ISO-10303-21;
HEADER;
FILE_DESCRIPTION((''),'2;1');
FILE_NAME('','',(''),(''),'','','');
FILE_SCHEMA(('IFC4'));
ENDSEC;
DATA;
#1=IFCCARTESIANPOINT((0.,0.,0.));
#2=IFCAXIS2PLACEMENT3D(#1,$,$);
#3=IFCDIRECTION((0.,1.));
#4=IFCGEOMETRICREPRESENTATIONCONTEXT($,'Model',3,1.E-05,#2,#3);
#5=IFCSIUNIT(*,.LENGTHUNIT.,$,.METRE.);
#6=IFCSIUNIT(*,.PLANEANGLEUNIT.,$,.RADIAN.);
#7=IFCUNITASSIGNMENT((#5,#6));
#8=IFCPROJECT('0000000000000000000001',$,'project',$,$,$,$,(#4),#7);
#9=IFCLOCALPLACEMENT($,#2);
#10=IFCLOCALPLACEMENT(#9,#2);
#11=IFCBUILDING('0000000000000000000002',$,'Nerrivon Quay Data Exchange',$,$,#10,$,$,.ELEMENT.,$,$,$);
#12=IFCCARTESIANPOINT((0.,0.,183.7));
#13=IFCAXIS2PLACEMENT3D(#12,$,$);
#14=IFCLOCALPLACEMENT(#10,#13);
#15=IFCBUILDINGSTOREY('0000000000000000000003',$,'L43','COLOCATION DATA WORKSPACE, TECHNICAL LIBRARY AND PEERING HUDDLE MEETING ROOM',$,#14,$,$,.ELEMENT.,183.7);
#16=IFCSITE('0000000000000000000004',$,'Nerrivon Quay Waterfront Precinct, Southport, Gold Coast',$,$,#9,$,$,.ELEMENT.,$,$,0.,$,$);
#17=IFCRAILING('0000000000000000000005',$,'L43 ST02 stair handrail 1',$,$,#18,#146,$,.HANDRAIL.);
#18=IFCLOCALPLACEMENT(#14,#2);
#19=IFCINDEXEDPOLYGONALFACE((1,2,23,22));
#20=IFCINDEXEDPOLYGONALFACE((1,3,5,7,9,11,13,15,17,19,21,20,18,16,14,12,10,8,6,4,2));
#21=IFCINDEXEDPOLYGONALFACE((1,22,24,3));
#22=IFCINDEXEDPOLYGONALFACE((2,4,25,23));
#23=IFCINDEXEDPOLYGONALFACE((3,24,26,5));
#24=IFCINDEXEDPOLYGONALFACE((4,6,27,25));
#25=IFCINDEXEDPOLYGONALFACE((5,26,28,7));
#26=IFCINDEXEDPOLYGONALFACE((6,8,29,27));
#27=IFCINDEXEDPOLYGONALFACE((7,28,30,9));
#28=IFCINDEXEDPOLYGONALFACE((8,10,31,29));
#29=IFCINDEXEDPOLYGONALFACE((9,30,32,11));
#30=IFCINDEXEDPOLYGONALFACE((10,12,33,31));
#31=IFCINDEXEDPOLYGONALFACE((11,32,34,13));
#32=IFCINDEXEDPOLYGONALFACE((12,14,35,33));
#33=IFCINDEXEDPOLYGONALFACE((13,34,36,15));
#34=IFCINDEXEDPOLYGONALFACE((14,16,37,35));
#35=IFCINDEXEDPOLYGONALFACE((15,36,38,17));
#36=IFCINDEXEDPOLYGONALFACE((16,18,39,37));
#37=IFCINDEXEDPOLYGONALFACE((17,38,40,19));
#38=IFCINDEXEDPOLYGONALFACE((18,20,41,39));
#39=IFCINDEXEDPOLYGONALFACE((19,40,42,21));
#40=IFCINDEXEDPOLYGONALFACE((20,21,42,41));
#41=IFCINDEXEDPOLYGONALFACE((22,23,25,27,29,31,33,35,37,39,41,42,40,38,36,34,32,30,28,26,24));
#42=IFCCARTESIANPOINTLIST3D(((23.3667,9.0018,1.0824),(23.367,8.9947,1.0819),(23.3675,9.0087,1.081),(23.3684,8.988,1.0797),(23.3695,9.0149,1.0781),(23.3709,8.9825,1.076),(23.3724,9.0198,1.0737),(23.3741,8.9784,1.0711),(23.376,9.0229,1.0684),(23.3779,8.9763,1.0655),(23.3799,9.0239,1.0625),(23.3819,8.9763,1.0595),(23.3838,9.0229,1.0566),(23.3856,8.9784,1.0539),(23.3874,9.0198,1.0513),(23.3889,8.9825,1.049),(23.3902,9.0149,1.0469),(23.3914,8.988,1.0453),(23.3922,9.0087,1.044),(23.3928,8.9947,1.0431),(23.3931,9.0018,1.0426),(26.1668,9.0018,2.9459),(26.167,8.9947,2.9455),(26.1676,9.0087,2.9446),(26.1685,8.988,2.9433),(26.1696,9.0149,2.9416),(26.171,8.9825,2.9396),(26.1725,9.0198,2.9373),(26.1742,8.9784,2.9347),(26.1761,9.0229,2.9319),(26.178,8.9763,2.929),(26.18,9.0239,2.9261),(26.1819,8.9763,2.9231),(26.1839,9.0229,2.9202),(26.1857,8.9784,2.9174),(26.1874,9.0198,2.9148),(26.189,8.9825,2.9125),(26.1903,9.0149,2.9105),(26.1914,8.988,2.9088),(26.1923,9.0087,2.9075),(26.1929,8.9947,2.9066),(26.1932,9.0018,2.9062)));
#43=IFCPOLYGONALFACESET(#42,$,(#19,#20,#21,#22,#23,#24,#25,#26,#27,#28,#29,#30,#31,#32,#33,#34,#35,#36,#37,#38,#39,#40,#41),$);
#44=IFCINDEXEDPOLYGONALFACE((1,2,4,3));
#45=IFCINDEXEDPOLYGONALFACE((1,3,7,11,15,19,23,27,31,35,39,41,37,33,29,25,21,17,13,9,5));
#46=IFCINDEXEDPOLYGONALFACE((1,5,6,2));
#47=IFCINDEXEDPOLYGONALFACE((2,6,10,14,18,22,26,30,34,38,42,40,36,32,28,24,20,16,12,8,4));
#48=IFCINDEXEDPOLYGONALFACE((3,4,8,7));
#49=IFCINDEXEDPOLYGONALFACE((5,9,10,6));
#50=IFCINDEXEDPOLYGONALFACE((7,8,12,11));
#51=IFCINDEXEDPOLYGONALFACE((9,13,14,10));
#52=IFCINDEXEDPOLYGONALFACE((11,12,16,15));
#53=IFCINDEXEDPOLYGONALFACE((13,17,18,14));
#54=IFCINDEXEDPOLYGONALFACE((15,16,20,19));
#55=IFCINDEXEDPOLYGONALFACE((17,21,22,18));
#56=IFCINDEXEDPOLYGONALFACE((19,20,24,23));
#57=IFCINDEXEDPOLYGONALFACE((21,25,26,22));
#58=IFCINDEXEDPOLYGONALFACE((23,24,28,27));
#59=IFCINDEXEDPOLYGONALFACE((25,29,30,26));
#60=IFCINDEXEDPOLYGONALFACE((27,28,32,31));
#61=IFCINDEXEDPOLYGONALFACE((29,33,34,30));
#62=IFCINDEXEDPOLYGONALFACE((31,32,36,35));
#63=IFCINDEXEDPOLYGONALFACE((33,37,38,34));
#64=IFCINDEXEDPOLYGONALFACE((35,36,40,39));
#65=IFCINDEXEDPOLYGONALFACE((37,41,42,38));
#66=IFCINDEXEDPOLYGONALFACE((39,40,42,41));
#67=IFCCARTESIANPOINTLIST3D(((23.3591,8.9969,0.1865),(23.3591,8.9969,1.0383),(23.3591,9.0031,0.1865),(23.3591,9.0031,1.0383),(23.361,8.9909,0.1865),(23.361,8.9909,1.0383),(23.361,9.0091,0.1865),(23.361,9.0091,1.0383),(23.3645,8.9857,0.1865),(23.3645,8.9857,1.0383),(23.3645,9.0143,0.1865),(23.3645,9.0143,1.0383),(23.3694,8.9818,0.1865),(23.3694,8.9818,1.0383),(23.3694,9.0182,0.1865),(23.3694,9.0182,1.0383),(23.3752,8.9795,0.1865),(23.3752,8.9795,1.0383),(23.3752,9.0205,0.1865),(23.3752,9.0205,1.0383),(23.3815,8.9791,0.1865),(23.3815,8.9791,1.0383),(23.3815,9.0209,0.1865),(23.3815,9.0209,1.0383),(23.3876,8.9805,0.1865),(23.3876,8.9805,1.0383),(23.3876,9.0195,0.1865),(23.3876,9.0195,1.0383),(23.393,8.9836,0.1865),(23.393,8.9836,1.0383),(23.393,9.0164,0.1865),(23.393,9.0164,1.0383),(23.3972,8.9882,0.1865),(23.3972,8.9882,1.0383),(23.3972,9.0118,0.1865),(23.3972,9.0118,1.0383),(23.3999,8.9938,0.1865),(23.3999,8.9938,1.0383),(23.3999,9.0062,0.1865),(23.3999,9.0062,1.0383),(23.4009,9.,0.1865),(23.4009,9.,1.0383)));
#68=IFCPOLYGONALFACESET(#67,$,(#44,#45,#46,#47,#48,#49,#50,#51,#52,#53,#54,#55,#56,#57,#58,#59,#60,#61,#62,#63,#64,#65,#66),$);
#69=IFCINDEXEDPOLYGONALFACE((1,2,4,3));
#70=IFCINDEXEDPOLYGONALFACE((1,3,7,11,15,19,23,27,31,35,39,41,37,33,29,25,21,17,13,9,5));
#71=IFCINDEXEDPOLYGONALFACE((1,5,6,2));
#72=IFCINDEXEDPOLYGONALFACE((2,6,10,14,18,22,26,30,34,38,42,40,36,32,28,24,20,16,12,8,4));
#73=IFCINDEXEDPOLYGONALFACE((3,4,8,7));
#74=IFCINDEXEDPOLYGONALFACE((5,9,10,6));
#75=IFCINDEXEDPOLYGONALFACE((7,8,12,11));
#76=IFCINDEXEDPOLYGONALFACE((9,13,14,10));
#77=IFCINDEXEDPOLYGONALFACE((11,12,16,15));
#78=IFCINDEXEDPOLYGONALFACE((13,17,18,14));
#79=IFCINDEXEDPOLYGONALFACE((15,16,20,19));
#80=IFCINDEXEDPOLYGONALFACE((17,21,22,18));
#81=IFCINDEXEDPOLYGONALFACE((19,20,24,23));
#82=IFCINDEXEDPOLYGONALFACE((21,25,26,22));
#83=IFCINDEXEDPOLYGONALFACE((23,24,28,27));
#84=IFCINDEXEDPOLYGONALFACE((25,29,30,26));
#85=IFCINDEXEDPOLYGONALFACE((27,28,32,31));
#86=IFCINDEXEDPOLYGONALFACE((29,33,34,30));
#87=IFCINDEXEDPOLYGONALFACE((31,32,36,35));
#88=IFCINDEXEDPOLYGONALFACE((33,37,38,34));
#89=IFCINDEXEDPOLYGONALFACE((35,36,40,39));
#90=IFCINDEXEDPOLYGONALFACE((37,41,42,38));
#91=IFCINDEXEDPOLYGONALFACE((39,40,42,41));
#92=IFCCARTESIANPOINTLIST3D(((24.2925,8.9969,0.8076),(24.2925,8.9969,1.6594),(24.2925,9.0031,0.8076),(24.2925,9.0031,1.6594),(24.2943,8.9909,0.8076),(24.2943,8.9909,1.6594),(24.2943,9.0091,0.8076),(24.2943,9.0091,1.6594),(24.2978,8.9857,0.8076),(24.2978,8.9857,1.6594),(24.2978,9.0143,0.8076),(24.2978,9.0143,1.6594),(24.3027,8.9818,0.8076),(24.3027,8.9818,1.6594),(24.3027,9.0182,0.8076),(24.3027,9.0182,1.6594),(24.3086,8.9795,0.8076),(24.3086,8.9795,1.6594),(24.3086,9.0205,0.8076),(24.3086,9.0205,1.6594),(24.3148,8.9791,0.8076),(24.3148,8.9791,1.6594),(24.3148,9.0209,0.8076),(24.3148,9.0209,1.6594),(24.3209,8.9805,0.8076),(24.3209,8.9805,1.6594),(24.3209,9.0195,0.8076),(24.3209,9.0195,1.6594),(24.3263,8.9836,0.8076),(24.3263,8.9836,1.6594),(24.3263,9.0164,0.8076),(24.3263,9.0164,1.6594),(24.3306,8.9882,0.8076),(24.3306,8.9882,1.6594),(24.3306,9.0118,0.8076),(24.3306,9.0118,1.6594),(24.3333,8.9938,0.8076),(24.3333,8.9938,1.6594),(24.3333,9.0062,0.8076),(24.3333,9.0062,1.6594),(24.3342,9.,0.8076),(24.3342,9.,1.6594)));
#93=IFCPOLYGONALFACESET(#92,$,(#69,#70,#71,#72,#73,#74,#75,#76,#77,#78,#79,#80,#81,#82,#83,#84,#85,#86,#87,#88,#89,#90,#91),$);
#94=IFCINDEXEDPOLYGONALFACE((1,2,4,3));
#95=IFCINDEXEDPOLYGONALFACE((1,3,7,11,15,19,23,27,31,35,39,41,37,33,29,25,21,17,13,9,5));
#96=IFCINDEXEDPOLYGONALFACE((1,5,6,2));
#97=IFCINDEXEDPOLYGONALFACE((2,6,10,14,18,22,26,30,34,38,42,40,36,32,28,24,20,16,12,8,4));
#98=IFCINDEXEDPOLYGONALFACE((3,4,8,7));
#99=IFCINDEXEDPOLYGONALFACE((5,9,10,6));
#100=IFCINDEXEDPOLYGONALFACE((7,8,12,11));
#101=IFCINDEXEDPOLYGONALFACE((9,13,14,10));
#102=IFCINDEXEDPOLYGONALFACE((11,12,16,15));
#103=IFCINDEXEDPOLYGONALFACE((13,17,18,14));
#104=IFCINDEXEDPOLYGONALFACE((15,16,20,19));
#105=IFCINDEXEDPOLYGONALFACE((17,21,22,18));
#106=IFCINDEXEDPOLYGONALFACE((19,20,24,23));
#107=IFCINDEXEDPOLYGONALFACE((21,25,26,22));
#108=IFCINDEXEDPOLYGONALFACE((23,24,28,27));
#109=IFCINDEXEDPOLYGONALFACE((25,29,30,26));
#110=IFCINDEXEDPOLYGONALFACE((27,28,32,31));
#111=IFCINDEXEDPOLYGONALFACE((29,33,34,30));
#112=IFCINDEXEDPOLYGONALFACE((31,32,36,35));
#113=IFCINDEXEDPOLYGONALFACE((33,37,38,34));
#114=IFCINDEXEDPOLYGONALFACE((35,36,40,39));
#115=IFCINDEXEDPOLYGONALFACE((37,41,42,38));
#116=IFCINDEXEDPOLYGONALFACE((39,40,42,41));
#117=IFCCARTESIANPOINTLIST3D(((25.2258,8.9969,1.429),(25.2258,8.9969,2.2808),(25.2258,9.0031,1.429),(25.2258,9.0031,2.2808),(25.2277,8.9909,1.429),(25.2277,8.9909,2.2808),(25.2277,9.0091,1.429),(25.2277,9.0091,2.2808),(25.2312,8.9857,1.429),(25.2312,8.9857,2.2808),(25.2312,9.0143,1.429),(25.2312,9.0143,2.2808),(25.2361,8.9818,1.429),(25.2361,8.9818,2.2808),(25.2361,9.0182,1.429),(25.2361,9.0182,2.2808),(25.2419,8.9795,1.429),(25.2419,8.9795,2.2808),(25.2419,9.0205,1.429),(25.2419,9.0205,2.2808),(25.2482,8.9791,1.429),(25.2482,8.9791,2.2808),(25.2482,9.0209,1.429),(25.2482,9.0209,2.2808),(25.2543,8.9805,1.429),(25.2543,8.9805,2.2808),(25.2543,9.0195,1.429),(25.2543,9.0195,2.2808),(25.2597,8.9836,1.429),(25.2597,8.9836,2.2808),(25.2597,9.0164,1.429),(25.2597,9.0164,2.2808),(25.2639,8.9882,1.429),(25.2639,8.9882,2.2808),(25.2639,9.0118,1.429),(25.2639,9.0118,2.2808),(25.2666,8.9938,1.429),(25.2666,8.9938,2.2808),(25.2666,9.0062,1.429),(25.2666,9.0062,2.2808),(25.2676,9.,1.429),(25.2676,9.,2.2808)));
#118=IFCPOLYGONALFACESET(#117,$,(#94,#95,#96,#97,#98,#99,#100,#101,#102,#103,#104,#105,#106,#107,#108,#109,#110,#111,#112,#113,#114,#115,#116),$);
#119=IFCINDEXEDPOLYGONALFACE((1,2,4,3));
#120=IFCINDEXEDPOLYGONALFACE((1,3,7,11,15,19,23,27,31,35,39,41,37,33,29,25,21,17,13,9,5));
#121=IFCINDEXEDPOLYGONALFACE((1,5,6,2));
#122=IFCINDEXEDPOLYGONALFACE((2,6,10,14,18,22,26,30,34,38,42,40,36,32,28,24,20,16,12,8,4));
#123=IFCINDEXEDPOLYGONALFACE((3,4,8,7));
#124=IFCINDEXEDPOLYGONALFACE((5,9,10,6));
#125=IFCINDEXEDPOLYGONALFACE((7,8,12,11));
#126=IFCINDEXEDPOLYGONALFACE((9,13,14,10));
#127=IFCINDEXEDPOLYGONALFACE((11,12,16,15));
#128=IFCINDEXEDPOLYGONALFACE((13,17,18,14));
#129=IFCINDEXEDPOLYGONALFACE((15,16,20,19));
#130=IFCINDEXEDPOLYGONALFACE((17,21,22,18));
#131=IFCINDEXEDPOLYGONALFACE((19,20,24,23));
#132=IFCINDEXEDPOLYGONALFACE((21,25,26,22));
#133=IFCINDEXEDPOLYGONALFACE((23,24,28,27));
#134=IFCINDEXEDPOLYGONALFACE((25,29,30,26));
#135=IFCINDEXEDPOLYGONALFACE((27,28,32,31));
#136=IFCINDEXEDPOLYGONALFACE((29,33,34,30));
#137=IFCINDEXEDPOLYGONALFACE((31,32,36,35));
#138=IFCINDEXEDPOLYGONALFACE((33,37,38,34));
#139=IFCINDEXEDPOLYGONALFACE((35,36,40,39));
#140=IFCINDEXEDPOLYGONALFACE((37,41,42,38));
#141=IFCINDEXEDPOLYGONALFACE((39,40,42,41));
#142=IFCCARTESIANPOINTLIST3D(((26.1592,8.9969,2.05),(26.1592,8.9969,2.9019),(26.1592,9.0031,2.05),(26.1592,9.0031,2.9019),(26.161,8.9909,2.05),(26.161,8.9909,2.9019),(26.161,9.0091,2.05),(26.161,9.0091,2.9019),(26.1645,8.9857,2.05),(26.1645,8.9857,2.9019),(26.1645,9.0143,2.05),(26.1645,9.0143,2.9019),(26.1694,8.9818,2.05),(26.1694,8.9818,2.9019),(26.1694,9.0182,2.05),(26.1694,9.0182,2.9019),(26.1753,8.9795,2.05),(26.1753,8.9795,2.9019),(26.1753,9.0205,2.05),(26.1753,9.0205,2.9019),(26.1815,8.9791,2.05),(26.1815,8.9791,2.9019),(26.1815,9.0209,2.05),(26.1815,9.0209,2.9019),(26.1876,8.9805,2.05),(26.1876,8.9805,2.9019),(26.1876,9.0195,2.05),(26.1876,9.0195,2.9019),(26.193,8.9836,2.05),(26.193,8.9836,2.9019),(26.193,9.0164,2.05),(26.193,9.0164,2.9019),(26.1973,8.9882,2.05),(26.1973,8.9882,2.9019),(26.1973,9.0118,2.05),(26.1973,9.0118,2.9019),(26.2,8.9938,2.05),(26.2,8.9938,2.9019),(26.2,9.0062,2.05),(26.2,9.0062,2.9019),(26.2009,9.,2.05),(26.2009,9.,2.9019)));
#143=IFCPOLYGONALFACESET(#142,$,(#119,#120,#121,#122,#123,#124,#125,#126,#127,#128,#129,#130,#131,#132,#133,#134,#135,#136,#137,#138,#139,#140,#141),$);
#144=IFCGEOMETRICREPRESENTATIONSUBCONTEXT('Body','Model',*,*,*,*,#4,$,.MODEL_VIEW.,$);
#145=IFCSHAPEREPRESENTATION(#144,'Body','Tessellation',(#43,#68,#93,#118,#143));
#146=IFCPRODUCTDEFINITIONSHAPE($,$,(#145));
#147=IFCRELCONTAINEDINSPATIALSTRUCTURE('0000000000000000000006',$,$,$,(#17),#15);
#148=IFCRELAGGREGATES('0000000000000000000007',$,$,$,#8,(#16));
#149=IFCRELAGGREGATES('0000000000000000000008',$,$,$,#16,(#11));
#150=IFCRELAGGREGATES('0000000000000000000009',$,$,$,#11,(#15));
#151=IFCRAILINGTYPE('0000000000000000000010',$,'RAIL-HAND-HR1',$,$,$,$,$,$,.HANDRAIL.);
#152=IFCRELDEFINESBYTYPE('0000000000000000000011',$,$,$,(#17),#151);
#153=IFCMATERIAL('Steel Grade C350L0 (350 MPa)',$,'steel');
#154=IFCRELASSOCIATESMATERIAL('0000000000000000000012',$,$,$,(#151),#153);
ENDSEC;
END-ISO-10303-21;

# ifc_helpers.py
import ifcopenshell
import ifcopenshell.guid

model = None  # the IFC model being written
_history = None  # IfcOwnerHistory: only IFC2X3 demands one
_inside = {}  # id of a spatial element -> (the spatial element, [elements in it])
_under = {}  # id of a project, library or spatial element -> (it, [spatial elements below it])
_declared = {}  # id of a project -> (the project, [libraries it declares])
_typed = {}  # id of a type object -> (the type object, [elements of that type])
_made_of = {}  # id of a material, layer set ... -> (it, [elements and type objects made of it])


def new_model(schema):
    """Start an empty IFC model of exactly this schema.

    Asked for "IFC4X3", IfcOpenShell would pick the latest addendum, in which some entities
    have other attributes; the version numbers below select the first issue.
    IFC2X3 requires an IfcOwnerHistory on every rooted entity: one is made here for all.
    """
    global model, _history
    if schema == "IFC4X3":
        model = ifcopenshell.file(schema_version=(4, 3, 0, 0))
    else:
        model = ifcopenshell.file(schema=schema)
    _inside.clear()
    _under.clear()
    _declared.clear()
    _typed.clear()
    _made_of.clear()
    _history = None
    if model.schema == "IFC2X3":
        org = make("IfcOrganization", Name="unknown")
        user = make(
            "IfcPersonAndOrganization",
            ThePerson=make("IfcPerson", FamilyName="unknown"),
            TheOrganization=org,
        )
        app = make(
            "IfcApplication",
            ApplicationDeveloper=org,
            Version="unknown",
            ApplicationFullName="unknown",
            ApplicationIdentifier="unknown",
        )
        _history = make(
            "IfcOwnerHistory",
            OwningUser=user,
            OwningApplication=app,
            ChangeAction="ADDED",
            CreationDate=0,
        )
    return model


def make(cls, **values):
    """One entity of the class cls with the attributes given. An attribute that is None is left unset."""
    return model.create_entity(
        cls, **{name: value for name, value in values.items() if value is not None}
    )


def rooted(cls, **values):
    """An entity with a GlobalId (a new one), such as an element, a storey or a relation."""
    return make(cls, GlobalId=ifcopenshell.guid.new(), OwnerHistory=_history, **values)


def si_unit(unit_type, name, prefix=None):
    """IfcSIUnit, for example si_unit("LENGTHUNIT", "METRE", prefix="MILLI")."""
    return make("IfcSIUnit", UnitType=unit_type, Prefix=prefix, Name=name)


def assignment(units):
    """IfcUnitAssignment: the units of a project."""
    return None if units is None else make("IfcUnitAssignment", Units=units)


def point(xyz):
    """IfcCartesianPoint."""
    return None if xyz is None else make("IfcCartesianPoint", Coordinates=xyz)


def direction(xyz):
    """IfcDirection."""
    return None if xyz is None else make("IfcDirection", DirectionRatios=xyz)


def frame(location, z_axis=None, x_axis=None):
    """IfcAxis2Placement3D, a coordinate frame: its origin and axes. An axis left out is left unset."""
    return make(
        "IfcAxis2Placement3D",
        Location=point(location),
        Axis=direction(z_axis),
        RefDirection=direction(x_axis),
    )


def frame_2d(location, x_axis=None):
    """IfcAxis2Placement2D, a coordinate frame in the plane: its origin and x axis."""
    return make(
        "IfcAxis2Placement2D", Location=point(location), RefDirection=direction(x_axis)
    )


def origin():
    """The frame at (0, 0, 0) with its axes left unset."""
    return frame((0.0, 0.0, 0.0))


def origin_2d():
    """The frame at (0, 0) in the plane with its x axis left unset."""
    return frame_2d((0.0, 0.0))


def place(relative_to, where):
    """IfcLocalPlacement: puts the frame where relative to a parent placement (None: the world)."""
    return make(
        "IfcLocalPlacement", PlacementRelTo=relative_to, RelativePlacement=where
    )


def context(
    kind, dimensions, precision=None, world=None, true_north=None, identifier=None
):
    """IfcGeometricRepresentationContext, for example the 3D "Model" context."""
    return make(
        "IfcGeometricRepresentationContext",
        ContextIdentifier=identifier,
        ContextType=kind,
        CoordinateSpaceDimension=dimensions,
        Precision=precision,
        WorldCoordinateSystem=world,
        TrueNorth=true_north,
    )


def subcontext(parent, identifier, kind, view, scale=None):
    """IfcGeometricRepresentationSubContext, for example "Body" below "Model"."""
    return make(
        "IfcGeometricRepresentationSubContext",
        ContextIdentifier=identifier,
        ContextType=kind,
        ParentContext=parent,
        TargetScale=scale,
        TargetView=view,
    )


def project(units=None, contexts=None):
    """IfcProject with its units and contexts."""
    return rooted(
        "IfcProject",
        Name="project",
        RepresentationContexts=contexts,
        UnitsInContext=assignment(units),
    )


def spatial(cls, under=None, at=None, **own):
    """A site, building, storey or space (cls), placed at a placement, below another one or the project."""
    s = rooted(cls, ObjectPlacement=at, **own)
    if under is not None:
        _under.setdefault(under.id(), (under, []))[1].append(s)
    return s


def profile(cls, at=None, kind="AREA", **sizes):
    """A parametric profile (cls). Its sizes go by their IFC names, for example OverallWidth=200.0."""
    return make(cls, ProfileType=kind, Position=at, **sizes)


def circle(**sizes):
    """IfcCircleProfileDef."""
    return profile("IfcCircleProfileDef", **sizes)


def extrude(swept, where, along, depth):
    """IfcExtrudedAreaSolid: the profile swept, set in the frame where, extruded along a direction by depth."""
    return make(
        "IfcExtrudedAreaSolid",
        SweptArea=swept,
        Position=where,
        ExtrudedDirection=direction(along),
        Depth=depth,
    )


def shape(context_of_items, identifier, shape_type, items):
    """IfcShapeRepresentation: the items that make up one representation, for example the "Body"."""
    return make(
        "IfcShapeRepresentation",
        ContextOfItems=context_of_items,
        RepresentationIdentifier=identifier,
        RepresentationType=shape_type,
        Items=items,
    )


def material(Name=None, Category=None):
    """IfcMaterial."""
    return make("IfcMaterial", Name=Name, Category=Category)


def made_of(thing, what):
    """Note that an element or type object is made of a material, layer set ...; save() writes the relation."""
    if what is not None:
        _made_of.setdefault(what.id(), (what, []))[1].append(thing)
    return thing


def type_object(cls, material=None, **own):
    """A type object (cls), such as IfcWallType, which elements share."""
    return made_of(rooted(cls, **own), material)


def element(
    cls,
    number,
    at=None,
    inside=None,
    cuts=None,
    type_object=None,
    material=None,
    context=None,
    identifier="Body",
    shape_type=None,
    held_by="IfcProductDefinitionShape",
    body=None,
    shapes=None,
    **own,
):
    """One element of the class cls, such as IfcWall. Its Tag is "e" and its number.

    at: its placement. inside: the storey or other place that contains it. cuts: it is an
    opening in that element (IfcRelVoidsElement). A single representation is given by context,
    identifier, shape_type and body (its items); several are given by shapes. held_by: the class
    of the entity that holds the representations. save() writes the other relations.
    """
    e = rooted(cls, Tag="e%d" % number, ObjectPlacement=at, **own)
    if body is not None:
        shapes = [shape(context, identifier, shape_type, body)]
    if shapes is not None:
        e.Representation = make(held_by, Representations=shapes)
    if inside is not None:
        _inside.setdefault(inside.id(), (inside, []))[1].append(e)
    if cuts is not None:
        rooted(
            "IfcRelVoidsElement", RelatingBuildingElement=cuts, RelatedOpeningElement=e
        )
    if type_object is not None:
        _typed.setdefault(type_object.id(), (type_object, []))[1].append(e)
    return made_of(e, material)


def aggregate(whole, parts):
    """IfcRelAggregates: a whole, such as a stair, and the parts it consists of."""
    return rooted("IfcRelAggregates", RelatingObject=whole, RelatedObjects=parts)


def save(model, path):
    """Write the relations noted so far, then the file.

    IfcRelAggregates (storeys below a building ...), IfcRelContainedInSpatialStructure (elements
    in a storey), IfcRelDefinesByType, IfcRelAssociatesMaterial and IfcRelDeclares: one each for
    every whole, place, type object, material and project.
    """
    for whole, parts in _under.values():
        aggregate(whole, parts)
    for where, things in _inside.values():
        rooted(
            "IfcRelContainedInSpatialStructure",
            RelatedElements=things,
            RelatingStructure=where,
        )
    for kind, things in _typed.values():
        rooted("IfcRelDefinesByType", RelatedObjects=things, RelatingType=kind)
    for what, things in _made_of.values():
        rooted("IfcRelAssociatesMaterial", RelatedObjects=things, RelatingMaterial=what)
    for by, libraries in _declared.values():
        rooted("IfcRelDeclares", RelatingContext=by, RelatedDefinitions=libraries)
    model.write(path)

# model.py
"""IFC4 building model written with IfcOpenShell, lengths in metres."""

from ifc_helpers import new_model, si_unit, direction, frame, origin, origin_2d, place, context, subcontext, project, spatial, circle, extrude, material, type_object, element, save


model = new_model("IFC4")

# Units and contexts
model_context = context("Model", 3, precision=1e-05, world=origin(), true_north=direction((0.0, 1.0)))
body_context = subcontext(model_context, "Body", "Model", "MODEL_VIEW")
ifc_project = project(units=[si_unit("LENGTHUNIT", "METRE"), si_unit("PLANEANGLEUNIT", "RADIAN")], contexts=[model_context])

# Site, building, storey
site_placement = place(None, origin())
site = spatial("IfcSite", under=ifc_project, at=site_placement, Name="Nerrivon Quay Waterfront Precinct, Southport, Gold Coast", CompositionType="ELEMENT", RefElevation=0.0)
building_placement = place(site_placement, origin())
building = spatial("IfcBuilding", under=site, at=building_placement, Name="Nerrivon Quay Data Exchange", CompositionType="ELEMENT")
storey_placement = place(building_placement, frame((0.0, 0.0, 183.7)))
storey = spatial("IfcBuildingStorey", under=building, at=storey_placement, Name="L43", Description="COLOCATION DATA WORKSPACE, TECHNICAL LIBRARY AND PEERING HUDDLE MEETING ROOM", CompositionType="ELEMENT", Elevation=183.7)

# Railing
ifc_material_1 = material(Name="Steel Grade C350L0 (350 MPa)", Category="steel")
railing_type_1 = type_object("IfcRailingType", Name="RAIL-HAND-HR1", PredefinedType="HANDRAIL", material=ifc_material_1)
railing_1_placement = place(storey_placement, frame((23.3799, 9.0, 0.1865)))
element("IfcRailing", 1, at=railing_1_placement, inside=storey, type_object=railing_type_1, Name="L43 ST02 stair handrail 1", PredefinedType="HANDRAIL", context=body_context, shape_type="SweptSolid", body=[
    extrude(circle(Radius=0.0239, at=origin_2d()), frame((0.0, 0.0, 0.876), z_axis=(0.832486, 0.0, 0.554047), x_axis=(0.0, 1.0, 0.0)), (0.0, 0.0, 1.0), 3.3635),
    extrude(circle(Radius=0.021, at=origin_2d()), origin(), (0.0, 0.0, 1.0), 0.8518),
    extrude(circle(Radius=0.021, at=origin_2d()), frame((0.9333, 0.0, 0.6211)), (0.0, 0.0, 1.0), 0.8518),
    extrude(circle(Radius=0.021, at=origin_2d()), frame((1.8667, 0.0, 1.2424)), (0.0, 0.0, 1.0), 0.8518),
    extrude(circle(Radius=0.021, at=origin_2d()), frame((2.8, 0.0, 1.8635)), (0.0, 0.0, 1.0), 0.8518),
])

save(model, "model.ifc")
